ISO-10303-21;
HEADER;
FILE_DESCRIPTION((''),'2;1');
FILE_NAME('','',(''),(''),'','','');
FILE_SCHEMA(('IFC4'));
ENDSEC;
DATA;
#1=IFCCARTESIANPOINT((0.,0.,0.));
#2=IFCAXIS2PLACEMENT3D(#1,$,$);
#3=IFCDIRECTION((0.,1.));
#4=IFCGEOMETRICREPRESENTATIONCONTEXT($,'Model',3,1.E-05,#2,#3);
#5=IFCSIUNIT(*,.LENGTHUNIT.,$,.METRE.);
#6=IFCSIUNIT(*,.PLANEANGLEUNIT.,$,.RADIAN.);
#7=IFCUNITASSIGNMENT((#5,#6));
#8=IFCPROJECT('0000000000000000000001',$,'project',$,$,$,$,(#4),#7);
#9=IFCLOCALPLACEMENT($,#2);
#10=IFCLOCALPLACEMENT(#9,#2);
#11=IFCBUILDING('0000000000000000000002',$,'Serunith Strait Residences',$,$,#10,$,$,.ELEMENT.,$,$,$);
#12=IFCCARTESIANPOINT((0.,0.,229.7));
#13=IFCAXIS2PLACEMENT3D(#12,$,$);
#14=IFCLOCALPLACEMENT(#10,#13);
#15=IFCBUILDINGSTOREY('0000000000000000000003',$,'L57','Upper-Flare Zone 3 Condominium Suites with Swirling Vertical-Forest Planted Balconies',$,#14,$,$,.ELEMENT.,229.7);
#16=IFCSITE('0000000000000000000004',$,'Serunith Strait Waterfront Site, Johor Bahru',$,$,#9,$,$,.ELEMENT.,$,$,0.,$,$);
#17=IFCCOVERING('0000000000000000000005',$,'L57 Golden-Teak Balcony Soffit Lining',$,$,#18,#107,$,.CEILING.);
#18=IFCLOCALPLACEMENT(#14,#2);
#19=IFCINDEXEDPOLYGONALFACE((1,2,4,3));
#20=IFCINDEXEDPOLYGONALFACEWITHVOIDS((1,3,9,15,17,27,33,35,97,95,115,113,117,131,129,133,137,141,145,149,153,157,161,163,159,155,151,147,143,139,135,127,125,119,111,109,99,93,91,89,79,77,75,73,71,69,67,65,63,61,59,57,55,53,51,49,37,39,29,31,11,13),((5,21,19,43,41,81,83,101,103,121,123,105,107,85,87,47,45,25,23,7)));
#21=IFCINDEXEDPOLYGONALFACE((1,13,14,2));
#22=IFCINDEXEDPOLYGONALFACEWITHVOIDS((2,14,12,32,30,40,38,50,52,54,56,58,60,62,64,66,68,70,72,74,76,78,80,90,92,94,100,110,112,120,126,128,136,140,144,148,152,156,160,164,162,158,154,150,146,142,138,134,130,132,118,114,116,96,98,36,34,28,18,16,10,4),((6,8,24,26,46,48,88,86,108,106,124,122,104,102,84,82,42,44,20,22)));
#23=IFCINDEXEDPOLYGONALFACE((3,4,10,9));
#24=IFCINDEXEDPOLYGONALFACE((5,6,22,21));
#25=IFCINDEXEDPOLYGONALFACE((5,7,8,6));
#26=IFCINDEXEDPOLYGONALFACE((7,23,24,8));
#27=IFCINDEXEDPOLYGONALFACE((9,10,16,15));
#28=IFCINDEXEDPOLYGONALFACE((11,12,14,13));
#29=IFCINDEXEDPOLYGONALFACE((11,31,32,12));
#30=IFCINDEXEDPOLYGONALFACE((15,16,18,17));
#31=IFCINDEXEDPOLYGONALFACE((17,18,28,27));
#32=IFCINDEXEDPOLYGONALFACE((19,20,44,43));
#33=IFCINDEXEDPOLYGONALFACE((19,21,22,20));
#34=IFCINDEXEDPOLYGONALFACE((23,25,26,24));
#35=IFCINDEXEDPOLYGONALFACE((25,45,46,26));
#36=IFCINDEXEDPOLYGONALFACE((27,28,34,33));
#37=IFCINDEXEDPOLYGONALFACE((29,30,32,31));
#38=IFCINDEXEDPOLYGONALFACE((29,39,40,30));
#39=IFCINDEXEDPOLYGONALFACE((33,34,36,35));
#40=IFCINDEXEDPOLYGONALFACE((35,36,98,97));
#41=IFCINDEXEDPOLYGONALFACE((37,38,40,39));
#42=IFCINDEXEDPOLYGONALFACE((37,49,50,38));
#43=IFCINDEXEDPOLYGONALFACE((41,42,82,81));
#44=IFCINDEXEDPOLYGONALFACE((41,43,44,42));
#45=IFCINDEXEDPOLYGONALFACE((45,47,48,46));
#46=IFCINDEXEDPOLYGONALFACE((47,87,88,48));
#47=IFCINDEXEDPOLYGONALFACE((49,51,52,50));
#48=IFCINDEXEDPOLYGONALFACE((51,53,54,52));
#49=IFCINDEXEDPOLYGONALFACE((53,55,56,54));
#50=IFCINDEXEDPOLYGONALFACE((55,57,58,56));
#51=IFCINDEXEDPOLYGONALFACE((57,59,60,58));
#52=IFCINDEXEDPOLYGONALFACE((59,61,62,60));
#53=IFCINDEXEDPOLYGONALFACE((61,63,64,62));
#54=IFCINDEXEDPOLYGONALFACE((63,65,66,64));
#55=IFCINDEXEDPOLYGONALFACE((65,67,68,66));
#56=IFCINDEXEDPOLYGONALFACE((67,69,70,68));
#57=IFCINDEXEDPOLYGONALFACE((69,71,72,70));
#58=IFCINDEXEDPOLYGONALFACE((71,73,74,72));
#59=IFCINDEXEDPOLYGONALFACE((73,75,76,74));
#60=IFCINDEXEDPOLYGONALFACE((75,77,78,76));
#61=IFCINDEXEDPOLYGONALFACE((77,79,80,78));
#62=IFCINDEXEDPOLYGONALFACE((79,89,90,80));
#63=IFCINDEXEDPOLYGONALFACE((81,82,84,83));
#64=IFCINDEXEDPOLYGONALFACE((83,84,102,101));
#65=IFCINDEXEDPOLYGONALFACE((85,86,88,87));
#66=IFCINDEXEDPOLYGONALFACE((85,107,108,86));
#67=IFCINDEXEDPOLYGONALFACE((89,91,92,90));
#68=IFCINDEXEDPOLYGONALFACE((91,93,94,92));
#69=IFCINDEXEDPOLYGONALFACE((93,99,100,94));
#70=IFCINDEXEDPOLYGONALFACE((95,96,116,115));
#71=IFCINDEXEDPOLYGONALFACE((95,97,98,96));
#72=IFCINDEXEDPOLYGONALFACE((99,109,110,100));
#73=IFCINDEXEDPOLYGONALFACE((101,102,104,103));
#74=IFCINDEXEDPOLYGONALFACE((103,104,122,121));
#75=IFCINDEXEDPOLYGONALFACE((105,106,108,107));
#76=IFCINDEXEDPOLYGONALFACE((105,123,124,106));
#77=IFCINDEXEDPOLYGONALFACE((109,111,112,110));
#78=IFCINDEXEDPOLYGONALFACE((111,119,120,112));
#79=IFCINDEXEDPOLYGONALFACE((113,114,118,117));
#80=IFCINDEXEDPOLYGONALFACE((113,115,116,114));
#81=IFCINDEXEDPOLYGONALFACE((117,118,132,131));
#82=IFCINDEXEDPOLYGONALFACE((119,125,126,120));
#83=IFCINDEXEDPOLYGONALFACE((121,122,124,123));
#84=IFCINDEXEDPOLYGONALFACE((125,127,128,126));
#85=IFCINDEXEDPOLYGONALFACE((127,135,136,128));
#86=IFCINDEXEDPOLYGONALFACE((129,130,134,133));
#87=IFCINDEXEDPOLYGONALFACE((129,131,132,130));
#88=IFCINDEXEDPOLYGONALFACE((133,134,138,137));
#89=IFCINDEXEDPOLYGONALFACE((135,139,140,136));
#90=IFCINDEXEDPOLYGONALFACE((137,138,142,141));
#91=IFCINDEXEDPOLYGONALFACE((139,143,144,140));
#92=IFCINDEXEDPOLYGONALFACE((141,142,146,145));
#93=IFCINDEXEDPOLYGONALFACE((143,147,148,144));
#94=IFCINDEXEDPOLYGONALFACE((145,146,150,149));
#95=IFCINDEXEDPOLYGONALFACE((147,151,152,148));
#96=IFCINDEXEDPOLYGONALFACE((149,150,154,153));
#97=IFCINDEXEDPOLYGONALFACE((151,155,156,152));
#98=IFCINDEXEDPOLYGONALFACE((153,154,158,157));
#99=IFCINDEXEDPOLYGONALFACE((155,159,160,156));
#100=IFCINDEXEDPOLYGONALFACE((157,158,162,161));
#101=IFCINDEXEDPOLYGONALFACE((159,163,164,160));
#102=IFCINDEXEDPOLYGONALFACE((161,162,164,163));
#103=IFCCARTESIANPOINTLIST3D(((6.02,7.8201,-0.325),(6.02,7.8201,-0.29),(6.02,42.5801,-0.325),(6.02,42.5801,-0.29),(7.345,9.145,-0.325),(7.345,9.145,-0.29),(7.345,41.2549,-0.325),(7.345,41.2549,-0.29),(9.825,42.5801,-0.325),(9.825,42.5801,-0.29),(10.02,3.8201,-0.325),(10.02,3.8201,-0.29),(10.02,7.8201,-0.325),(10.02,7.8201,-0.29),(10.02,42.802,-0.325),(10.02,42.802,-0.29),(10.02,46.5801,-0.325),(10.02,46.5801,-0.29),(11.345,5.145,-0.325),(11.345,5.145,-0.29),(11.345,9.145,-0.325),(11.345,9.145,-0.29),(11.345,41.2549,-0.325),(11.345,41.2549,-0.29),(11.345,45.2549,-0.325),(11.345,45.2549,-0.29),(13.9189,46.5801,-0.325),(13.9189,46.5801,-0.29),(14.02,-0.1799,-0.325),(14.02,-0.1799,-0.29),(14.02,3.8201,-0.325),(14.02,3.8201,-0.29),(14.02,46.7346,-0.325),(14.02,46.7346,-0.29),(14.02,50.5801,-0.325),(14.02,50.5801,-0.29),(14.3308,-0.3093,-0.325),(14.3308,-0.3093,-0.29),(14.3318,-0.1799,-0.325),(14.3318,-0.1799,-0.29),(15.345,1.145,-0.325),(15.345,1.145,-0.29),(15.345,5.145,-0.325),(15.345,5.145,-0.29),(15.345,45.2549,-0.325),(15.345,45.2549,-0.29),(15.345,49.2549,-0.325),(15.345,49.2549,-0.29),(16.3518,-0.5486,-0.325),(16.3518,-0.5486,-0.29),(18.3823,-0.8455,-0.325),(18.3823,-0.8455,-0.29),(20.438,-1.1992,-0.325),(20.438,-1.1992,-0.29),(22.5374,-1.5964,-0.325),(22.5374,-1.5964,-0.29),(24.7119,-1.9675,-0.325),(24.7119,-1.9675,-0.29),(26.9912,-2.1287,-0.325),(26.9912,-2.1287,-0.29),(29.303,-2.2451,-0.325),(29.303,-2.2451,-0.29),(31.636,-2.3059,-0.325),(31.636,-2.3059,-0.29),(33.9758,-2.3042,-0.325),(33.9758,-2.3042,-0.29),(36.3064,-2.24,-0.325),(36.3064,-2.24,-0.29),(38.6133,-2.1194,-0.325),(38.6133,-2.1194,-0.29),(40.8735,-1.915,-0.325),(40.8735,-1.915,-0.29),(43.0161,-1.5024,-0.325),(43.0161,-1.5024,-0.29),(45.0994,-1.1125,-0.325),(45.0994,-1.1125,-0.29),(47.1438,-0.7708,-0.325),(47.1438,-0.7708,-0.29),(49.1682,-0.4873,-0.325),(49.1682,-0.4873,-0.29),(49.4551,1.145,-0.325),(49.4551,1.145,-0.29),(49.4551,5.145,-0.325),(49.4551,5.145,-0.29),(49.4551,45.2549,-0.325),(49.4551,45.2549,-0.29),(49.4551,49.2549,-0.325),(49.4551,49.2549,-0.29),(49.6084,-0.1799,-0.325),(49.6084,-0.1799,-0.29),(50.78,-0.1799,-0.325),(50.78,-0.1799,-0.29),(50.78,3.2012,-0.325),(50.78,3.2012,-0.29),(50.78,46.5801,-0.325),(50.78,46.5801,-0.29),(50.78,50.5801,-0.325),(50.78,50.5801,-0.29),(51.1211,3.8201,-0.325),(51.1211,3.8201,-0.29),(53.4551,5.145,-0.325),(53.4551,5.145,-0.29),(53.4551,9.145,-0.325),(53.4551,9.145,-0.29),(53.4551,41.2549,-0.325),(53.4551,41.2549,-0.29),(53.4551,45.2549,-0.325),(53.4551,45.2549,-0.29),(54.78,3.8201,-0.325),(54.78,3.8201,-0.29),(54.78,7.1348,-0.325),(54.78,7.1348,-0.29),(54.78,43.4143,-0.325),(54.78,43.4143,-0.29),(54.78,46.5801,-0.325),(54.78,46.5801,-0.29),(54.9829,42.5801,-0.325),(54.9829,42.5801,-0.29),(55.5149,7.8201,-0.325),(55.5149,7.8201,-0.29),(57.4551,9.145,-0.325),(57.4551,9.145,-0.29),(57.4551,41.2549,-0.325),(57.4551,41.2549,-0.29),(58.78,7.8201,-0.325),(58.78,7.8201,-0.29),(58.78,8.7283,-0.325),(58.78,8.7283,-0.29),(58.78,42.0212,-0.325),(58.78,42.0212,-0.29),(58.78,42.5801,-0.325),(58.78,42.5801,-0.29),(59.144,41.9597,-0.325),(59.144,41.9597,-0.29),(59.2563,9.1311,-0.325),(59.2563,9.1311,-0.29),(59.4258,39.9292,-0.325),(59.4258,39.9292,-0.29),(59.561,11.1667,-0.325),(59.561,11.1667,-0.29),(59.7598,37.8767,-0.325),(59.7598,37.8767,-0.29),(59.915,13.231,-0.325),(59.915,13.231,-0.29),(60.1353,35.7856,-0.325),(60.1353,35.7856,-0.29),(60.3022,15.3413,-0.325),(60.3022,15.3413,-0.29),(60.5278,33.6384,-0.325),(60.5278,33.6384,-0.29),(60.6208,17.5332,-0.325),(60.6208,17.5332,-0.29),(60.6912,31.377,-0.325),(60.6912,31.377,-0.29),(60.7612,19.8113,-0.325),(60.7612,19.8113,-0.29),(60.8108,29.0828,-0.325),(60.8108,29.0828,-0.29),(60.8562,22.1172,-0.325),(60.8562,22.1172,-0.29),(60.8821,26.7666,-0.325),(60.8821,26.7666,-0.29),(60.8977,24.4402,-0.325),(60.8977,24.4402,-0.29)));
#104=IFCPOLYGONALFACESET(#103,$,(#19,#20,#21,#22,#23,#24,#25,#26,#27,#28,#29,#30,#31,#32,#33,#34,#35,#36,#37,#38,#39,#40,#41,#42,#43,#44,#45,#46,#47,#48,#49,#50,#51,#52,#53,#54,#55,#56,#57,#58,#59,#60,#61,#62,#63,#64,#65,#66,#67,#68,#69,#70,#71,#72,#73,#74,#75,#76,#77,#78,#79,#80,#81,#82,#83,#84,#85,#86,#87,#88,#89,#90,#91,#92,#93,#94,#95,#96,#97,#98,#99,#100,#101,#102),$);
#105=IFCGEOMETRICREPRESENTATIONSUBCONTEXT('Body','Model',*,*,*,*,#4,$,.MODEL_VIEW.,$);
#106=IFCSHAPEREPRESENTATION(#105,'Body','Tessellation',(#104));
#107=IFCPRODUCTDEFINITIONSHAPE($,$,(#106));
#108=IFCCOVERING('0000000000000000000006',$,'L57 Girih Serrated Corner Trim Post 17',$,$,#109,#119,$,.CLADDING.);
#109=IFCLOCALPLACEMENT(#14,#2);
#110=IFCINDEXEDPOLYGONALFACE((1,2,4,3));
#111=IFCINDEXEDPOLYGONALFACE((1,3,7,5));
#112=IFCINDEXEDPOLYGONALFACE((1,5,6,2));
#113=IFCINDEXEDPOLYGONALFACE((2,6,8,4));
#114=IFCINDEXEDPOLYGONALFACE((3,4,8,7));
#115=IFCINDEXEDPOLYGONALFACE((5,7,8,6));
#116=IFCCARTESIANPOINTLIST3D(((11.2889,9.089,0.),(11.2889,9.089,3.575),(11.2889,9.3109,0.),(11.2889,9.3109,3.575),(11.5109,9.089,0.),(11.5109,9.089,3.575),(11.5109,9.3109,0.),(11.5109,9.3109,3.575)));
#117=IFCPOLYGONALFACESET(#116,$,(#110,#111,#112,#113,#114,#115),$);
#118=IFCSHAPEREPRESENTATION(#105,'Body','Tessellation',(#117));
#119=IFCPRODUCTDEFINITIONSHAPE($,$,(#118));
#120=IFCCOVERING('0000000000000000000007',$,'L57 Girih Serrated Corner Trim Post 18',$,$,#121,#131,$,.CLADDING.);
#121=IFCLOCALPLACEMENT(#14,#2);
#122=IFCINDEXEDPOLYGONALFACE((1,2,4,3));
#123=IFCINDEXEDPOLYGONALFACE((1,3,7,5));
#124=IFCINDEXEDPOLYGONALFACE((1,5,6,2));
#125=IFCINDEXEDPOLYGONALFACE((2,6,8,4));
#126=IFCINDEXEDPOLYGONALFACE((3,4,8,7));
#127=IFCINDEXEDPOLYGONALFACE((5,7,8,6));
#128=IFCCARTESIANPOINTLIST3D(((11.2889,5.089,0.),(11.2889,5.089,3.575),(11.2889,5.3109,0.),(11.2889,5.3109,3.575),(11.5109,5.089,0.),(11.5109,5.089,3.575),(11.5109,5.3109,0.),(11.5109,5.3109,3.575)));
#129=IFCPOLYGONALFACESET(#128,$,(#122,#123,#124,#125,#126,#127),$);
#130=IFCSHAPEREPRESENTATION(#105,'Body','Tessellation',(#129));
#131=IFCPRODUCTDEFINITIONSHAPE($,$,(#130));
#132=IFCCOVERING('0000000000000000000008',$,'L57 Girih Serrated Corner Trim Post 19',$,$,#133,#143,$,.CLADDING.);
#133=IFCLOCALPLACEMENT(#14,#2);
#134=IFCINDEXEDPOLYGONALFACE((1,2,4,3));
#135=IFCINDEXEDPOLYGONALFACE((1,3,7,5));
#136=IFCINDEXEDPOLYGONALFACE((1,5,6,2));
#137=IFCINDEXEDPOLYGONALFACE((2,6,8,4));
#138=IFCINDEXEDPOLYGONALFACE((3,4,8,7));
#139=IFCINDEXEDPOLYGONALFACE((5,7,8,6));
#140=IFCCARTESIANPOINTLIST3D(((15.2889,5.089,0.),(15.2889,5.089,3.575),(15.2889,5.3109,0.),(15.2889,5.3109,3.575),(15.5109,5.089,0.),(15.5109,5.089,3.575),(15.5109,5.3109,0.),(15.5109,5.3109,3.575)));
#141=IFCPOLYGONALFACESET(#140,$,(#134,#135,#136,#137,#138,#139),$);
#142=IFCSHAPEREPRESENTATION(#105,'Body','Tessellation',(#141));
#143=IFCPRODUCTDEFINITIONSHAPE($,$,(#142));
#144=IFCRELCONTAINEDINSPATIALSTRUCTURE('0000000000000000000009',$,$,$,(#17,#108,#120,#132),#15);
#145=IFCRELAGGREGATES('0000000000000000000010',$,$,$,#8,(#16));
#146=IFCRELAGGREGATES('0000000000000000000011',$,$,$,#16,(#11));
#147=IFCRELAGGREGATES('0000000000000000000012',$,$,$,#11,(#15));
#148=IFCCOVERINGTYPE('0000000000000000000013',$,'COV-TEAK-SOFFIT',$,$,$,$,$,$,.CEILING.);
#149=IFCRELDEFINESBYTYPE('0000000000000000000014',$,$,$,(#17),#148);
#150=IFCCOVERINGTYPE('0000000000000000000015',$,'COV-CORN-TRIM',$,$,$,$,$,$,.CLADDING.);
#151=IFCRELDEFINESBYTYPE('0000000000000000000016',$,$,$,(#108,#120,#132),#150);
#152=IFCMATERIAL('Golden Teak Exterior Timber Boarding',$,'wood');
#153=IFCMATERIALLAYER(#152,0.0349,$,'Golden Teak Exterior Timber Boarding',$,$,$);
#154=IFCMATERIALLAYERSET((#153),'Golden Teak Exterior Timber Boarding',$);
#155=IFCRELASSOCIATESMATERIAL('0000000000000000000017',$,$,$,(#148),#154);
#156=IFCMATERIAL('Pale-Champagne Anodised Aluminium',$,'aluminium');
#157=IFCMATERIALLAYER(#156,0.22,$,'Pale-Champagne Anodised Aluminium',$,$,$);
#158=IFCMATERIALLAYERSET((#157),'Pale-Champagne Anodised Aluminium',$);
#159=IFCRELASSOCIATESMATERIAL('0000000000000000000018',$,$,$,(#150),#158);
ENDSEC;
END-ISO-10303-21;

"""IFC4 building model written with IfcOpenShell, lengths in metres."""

from ifc_helpers import new_model, si_unit, direction, frame, origin, origin_2d, place, context, subcontext, project, spatial, polyline, rectangle, outline, extrude, source, transform, mapped, material, layer, layer_set, type_object, element, save


model = new_model("IFC4")

# Units and contexts
model_context = context("Model", 3, precision=1e-05, world=origin(), true_north=direction((0.0, 1.0)))
body_context = subcontext(model_context, "Body", "Model", "MODEL_VIEW")
ifc_project = project(units=[si_unit("LENGTHUNIT", "METRE"), si_unit("PLANEANGLEUNIT", "RADIAN")], contexts=[model_context])

# Site, building, storey
site_placement = place(None, origin())
site = spatial("IfcSite", under=ifc_project, at=site_placement, Name="Serunith Strait Waterfront Site, Johor Bahru", CompositionType="ELEMENT", RefElevation=0.0)
building_placement = place(site_placement, origin())
building = spatial("IfcBuilding", under=site, at=building_placement, Name="Serunith Strait Residences", CompositionType="ELEMENT")
storey_placement = place(building_placement, frame((0.0, 0.0, 229.7)))
storey = spatial("IfcBuildingStorey", under=building, at=storey_placement, Name="L57", Description="Upper-Flare Zone 3 Condominium Suites with Swirling Vertical-Forest Planted Balconies", CompositionType="ELEMENT", Elevation=229.7)

# Shared definitions
ifc_material_1 = material(Name="Pale-Champagne Anodised Aluminium", Category="aluminium")

# Covering
ifc_material_2 = material(Name="Golden Teak Exterior Timber Boarding", Category="wood")
ifc_layer_1 = layer(ifc_material_2, 0.0349, Name="Golden Teak Exterior Timber Boarding")
ifc_layer_set_1 = layer_set([ifc_layer_1], Name="Golden Teak Exterior Timber Boarding")
covering_type_1 = type_object("IfcCoveringType", Name="COV-TEAK-SOFFIT", PredefinedType="CEILING", material=ifc_layer_set_1)
covering_placement = place(storey_placement, frame((0.0, 0.0, -0.325)))
element("IfcCovering", 1, at=covering_placement, inside=storey, type_object=covering_type_1, Name="L57 Golden-Teak Balcony Soffit Lining", PredefinedType="CEILING", context=body_context, shape_type="SweptSolid", body=[
    extrude(outline(polyline([(14.02, -0.1799), (14.02, 3.8201), (10.02, 3.8201), (10.02, 7.8201), (6.02, 7.8201), (6.02, 42.5801), (9.825, 42.5801), (10.02, 42.802), (10.02, 46.5801), (13.9189, 46.5801), (14.02, 46.7346), (14.02, 50.5801), (50.78, 50.5801), (50.78, 46.5801), (54.78, 46.5801), (54.78, 43.4143), (54.9829, 42.5801), (58.78, 42.5801), (58.78, 42.0212), (59.144, 41.9597), (59.4258, 39.9292), (59.7598, 37.8767), (60.1353, 35.7856), (60.5278, 33.6384), (60.6912, 31.377), (60.8108, 29.0828), (60.8821, 26.7666), (60.8977, 24.4402), (60.8562, 22.1172), (60.7612, 19.8113), (60.6208, 17.5332), (60.3022, 15.3413), (59.915, 13.231), (59.561, 11.1667), (59.2563, 9.1311), (58.78, 8.7283), (58.78, 7.8201), (55.5149, 7.8201), (54.78, 7.1348), (54.78, 3.8201), (51.1211, 3.8201), (50.78, 3.2012), (50.78, -0.1799), (49.6084, -0.1799), (49.1682, -0.4873), (47.1438, -0.7708), (45.0994, -1.1125), (43.0161, -1.5024), (40.8735, -1.915), (38.6133, -2.1194), (36.3064, -2.24), (33.9758, -2.3042), (31.636, -2.3059), (29.303, -2.2451), (26.9912, -2.1287), (24.7119, -1.9675), (22.5374, -1.5964), (20.438, -1.1992), (18.3823, -0.8455), (16.3518, -0.5486), (14.3308, -0.3093), (14.3318, -0.1799), (14.02, -0.1799)]), holes=[polyline([(49.4551, 1.145), (49.4551, 5.145), (53.4551, 5.145), (53.4551, 9.145), (57.4551, 9.145), (57.4551, 41.2549), (53.4551, 41.2549), (53.4551, 45.2549), (49.4551, 45.2549), (49.4551, 49.2549), (15.345, 49.2549), (15.345, 45.2549), (11.345, 45.2549), (11.345, 41.2549), (7.345, 41.2549), (7.345, 9.145), (11.345, 9.145), (11.345, 5.145), (15.345, 5.145), (15.345, 1.145), (49.4551, 1.145)])]), origin(), (0.0, 0.0, 1.0), 0.0349),
])

# Coverings
ifc_layer_2 = layer(ifc_material_1, 0.22, Name="Pale-Champagne Anodised Aluminium")
ifc_layer_set_2 = layer_set([ifc_layer_2], Name="Pale-Champagne Anodised Aluminium")
covering_type_2 = type_object("IfcCoveringType", Name="COV-CORN-TRIM", PredefinedType="CLADDING", material=ifc_layer_set_2)
shared_shape_1 = source(origin(), body_context, "Body", "SweptSolid", [
    extrude(rectangle(XDim=0.2219, YDim=0.2219, at=origin_2d()), origin(), (0.0, 0.0, 1.0), 3.575),
])
for number, where, z_axis, x_axis, name in (
    (2, (11.3999, 9.2, 0.0), (0.0, 0.0, 1.0), (1.0, 0.0, 0.0), "L57 Girih Serrated Corner Trim Post 17"),
    (3, (11.3999, 5.2, 0.0), (0.0, 0.0, 1.0), (1.0, 0.0, 0.0), "L57 Girih Serrated Corner Trim Post 18"),
    (4, (15.3999, 5.2, 0.0), (0.0, 0.0, 1.0), (1.0, 0.0, 0.0), "L57 Girih Serrated Corner Trim Post 19"),
):
    element("IfcCovering", number, at=place(storey_placement, frame(where, z_axis=z_axis, x_axis=x_axis)), inside=storey, type_object=covering_type_2, Name=name, PredefinedType="CLADDING", context=body_context, shape_type="MappedRepresentation", body=[
        mapped(shared_shape_1, transform((0.0, 0.0, 0.0), scale=1.0)),
    ])

save(model, "model.ifc")
